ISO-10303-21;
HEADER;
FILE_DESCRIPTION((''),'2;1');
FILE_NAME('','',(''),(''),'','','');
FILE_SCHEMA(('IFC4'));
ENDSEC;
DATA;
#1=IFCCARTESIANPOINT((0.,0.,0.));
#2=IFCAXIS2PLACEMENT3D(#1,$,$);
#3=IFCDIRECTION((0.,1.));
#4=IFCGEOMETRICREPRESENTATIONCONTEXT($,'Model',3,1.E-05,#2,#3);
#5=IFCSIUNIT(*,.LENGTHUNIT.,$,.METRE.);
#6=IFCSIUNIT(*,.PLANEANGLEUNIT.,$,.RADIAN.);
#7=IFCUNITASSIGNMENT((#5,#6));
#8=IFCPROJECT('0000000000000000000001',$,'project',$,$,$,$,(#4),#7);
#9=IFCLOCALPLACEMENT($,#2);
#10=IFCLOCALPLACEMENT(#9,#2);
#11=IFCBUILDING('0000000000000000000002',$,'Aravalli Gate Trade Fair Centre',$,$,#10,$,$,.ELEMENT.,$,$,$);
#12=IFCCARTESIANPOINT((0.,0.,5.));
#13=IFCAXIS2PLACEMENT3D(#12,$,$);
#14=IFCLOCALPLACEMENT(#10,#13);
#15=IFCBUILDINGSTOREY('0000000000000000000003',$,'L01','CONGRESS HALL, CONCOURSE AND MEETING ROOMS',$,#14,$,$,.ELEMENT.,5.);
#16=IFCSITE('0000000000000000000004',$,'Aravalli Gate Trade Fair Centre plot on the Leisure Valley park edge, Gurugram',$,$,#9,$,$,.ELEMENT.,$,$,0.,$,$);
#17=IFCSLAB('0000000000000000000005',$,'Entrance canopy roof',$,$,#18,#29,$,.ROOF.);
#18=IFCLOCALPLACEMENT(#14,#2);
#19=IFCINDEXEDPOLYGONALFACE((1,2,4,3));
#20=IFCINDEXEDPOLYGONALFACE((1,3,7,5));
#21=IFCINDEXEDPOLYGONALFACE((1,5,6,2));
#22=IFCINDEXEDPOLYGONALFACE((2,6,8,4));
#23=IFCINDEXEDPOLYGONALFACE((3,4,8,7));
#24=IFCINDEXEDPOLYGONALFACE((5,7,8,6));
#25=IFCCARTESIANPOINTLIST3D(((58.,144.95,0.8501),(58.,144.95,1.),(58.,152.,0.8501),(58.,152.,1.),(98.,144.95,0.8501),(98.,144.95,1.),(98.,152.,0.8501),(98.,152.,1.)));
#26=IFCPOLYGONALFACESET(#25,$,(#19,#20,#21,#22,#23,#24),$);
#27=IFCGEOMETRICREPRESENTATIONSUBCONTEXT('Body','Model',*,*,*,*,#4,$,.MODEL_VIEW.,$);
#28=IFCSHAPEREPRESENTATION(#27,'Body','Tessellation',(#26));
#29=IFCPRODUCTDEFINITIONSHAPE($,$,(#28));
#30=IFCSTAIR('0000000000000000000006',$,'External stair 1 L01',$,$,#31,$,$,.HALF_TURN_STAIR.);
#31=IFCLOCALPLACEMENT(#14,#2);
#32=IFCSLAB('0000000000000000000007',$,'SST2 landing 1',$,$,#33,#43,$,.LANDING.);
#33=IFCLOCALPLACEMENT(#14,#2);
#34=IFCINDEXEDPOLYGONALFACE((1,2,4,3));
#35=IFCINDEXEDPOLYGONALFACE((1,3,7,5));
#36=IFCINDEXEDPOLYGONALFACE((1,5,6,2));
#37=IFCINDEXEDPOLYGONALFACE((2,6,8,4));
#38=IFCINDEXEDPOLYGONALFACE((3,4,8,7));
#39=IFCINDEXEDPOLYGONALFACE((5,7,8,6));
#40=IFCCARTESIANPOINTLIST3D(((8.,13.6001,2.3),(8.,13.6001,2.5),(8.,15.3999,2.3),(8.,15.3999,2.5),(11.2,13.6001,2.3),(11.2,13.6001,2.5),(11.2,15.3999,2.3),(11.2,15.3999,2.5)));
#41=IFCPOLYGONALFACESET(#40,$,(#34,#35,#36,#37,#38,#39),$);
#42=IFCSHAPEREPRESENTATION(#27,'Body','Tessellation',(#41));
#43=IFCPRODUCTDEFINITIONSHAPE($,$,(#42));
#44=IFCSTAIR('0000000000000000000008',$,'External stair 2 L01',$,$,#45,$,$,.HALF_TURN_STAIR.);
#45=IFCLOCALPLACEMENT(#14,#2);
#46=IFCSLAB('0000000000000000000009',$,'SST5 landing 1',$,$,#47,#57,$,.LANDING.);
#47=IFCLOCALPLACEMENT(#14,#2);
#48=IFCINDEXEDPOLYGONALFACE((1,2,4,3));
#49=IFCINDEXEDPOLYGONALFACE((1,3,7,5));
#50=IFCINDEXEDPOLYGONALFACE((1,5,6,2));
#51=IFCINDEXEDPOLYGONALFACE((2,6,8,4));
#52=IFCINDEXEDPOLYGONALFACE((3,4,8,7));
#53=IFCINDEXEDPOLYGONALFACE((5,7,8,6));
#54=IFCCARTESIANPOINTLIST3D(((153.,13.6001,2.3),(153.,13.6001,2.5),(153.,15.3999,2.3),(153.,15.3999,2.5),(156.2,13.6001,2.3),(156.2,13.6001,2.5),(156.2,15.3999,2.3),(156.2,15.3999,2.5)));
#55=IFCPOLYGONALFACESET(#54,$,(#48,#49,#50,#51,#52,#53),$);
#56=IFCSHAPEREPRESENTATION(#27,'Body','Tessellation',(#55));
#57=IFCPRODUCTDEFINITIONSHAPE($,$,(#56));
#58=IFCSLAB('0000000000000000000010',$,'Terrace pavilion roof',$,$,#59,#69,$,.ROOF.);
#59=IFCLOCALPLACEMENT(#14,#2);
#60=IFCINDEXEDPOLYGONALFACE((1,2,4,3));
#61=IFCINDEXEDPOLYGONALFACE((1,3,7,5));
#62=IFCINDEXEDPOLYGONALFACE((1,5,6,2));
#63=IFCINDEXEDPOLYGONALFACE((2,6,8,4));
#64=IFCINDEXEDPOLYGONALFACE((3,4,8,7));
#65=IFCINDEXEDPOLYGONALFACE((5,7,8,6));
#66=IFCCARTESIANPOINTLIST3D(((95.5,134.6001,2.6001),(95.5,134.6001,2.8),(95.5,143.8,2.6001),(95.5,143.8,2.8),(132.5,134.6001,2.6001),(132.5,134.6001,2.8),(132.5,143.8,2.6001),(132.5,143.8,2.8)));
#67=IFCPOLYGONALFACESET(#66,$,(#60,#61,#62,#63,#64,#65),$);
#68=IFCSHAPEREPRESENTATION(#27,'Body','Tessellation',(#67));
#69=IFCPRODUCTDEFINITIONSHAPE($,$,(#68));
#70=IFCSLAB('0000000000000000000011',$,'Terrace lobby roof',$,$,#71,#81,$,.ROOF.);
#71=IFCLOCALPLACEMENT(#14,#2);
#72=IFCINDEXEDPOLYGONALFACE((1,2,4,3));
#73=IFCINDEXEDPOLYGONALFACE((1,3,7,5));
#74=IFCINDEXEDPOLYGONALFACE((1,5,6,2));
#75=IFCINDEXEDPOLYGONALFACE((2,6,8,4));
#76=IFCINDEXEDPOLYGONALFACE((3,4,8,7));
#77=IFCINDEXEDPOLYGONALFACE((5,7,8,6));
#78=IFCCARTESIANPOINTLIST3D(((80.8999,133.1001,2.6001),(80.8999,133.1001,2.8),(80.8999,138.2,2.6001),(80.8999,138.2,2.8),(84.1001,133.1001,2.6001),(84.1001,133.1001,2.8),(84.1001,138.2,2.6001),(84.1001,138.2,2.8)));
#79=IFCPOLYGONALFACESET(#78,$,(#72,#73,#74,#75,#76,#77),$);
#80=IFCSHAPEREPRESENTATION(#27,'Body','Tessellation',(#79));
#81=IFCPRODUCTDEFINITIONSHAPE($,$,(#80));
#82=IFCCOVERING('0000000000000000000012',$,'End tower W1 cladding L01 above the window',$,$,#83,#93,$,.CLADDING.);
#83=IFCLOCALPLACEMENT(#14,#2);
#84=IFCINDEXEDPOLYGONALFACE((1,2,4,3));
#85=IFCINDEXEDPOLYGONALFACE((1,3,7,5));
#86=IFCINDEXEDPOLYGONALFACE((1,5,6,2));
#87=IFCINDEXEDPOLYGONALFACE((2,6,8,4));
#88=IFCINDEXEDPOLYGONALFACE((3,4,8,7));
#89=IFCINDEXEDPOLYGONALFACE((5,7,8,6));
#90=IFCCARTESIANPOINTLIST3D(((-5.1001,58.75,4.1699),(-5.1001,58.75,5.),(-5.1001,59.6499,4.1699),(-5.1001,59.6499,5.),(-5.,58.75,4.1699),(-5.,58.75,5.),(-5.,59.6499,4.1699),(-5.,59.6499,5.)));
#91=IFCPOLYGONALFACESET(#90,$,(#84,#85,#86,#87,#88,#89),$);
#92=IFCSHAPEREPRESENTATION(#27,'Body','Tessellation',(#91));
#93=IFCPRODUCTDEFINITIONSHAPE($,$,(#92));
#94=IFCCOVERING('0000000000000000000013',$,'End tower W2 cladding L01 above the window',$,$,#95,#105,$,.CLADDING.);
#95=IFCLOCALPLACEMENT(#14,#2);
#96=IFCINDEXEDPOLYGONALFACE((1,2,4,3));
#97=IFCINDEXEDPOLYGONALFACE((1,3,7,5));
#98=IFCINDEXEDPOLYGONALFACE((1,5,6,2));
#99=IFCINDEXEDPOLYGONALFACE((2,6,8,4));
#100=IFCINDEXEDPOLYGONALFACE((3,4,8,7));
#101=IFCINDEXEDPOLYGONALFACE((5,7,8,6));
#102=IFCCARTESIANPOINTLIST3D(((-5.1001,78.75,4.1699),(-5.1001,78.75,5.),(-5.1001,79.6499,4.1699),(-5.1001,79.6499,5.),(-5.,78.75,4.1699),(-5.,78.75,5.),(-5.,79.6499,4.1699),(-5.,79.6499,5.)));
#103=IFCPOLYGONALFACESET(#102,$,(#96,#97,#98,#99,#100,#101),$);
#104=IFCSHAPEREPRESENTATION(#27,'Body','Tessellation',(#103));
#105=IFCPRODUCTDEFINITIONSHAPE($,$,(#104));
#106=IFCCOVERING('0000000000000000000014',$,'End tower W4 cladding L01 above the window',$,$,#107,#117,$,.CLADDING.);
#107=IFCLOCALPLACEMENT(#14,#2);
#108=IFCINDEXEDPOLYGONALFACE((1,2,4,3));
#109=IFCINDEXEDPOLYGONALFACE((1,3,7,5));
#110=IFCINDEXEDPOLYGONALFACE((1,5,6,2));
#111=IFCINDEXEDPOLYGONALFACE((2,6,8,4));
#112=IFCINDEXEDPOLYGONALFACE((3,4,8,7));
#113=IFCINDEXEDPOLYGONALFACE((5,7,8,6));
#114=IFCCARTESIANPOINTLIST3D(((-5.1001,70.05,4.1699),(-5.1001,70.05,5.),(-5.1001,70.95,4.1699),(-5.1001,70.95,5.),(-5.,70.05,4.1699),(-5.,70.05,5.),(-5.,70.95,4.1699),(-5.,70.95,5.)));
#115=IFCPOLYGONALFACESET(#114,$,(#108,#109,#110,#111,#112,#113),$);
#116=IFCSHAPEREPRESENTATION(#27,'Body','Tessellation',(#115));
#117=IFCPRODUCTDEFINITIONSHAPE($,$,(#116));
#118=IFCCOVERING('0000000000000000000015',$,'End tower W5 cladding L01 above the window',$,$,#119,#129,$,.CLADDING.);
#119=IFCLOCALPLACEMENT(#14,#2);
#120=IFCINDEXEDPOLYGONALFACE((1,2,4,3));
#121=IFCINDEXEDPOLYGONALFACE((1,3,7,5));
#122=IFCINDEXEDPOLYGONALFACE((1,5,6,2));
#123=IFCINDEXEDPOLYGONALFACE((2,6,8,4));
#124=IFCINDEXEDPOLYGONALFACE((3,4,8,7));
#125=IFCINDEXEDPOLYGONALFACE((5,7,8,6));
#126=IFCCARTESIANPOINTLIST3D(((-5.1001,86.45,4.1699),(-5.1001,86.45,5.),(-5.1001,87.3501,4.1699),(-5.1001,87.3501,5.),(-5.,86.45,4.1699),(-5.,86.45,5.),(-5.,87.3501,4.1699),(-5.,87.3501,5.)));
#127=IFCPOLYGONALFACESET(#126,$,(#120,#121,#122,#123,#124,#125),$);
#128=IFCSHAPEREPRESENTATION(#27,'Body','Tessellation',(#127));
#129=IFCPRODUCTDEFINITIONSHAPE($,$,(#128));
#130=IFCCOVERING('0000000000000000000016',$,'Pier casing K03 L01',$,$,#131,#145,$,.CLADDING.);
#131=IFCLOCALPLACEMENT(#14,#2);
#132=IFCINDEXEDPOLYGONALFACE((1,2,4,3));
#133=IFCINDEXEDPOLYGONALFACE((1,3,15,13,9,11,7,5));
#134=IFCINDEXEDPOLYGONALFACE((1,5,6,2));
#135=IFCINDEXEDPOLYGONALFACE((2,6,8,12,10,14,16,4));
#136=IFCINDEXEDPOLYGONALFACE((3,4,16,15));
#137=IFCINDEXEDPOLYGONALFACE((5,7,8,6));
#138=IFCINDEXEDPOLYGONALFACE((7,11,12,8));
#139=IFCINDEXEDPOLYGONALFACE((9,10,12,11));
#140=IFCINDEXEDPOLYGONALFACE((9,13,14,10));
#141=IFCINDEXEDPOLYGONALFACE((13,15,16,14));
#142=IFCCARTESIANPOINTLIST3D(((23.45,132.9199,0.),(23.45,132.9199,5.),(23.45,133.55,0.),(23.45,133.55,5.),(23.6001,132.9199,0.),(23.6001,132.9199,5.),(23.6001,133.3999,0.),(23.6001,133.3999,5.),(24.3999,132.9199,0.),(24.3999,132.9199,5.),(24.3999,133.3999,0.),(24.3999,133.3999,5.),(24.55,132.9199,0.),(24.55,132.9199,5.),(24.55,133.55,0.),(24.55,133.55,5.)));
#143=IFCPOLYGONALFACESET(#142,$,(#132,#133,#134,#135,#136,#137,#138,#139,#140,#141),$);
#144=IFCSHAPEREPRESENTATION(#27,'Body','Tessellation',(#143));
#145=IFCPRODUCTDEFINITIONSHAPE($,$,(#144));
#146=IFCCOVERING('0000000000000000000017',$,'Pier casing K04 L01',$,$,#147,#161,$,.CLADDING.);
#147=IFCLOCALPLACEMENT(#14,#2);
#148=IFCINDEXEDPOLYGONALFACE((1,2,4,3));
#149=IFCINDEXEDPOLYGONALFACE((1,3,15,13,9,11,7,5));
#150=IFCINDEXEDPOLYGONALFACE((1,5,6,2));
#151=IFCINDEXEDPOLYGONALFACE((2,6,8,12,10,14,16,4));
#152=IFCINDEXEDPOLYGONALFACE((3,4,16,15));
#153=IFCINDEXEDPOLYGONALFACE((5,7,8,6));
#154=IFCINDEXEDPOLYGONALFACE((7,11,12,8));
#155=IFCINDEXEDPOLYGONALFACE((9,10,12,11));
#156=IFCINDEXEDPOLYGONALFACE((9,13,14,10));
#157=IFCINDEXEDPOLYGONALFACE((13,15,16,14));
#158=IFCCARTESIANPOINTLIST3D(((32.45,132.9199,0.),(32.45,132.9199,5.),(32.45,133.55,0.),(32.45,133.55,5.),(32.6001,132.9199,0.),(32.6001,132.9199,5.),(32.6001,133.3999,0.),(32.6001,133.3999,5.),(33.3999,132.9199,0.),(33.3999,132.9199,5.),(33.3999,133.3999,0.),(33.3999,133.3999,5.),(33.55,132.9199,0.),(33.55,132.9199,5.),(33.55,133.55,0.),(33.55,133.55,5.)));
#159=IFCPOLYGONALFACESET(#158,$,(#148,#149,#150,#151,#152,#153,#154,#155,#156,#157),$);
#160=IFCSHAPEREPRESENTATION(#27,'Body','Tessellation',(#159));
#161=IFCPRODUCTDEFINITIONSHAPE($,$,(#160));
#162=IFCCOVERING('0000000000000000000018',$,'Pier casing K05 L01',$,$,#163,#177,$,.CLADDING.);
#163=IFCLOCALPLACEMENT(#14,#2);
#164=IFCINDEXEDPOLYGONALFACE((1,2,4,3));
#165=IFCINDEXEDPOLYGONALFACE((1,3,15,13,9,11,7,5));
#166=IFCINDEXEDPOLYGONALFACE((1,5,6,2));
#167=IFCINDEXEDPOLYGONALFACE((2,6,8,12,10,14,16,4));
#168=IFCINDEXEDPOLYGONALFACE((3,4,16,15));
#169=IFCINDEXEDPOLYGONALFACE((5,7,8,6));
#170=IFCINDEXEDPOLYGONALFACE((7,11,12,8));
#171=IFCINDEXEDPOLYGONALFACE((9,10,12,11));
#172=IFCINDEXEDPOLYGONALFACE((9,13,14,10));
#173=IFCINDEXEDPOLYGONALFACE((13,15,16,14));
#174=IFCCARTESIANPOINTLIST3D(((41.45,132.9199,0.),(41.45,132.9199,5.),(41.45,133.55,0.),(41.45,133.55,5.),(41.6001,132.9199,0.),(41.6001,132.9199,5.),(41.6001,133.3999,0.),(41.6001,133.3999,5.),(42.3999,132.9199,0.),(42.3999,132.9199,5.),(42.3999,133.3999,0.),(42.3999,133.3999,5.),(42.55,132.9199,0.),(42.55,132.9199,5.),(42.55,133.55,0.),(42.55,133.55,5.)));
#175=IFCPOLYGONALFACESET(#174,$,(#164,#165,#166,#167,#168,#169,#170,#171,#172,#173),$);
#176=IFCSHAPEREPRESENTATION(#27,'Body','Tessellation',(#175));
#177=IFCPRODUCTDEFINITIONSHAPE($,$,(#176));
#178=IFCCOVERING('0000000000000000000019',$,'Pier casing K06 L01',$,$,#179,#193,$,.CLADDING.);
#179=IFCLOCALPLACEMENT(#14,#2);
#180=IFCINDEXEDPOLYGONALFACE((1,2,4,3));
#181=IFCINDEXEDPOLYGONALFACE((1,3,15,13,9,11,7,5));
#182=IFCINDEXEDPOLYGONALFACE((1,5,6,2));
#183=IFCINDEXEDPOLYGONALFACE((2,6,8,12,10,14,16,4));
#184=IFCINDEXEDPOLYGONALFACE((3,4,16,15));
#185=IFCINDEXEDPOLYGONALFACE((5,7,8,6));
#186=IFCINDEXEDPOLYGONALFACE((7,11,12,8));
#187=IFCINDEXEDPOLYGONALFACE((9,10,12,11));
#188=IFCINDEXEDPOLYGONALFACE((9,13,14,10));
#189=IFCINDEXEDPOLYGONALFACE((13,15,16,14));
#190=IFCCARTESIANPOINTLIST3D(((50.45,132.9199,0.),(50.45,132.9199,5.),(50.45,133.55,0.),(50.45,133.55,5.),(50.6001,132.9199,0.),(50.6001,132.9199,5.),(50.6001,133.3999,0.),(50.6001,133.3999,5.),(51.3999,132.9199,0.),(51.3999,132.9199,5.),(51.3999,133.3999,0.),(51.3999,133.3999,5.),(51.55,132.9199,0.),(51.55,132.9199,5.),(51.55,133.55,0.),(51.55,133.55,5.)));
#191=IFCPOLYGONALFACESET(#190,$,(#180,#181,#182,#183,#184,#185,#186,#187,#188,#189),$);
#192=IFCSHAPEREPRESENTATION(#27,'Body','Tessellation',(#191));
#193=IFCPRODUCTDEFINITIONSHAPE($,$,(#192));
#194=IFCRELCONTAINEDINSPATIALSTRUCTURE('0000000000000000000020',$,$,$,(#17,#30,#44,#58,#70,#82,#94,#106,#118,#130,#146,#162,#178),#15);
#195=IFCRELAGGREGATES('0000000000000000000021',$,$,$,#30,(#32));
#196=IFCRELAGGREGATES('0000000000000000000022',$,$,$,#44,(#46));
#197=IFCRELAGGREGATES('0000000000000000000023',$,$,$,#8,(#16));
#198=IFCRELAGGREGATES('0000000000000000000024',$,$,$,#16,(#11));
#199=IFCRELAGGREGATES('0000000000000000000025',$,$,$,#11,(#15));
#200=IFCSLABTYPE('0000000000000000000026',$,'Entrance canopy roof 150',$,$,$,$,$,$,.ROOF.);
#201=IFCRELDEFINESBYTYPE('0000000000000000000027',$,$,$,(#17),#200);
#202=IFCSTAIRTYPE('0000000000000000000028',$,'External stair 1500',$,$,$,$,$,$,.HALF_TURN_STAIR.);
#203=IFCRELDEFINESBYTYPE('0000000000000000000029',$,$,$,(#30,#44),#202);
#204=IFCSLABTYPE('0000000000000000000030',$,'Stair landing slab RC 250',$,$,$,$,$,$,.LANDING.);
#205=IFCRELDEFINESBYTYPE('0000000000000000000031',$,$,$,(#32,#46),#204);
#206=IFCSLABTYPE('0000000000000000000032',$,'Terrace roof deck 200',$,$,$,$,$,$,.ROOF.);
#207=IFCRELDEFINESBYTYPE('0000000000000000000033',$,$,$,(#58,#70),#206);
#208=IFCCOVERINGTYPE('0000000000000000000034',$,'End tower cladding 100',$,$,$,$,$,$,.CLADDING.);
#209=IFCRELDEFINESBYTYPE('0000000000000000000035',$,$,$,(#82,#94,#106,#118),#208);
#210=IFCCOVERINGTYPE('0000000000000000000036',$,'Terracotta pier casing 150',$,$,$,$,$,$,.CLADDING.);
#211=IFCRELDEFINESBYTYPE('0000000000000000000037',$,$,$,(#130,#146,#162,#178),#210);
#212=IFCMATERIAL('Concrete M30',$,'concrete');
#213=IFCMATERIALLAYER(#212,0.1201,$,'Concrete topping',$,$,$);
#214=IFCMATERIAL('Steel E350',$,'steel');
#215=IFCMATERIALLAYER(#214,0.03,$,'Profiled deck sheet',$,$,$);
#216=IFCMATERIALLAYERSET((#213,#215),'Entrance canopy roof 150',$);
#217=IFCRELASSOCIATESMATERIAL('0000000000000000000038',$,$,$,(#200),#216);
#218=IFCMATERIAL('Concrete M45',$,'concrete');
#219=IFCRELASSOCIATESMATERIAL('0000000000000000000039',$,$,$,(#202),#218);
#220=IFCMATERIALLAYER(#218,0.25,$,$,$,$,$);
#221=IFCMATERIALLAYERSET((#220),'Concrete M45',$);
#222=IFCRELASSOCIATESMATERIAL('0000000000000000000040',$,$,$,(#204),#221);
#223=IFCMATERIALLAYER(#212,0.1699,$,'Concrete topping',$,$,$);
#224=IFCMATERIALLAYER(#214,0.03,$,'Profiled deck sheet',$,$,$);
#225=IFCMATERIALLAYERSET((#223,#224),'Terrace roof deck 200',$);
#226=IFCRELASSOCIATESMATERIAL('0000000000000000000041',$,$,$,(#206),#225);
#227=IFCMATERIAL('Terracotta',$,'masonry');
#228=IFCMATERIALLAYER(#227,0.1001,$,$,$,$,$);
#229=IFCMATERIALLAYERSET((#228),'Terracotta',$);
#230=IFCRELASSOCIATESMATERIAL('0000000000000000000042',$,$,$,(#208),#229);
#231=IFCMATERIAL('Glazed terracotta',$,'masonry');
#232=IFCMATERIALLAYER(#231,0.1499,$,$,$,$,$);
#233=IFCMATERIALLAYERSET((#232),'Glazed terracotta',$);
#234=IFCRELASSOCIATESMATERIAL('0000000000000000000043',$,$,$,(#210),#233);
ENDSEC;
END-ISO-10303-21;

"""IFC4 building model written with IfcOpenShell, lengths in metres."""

from ifc_helpers import new_model, si_unit, direction, frame, origin, place, context, subcontext, project, spatial, polyline, outline, extrude, material, layer, layer_set, type_object, element, aggregate, save


model = new_model("IFC4")

# Units and contexts
model_context = context("Model", 3, precision=1e-05, world=origin(), true_north=direction((0.0, 1.0)))
body_context = subcontext(model_context, "Body", "Model", "MODEL_VIEW")
ifc_project = project(units=[si_unit("LENGTHUNIT", "METRE"), si_unit("PLANEANGLEUNIT", "RADIAN")], contexts=[model_context])

# Site, building, storey
site_placement = place(None, origin())
site = spatial("IfcSite", under=ifc_project, at=site_placement, Name="Aravalli Gate Trade Fair Centre plot on the Leisure Valley park edge, Gurugram", CompositionType="ELEMENT", RefElevation=0.0)
building_placement = place(site_placement, origin())
building = spatial("IfcBuilding", under=site, at=building_placement, Name="Aravalli Gate Trade Fair Centre", CompositionType="ELEMENT")
storey_placement = place(building_placement, frame((0.0, 0.0, 5.0)))
storey = spatial("IfcBuildingStorey", under=building, at=storey_placement, Name="L01", Description="CONGRESS HALL, CONCOURSE AND MEETING ROOMS", CompositionType="ELEMENT", Elevation=5.0)

# Slab
ifc_material_1 = material(Name="Concrete M30", Category="concrete")
ifc_layer_1 = layer(ifc_material_1, 0.1201, Name="Concrete topping")
ifc_material_2 = material(Name="Steel E350", Category="steel")
ifc_layer_2 = layer(ifc_material_2, 0.03, Name="Profiled deck sheet")
ifc_layer_set_1 = layer_set([ifc_layer_1, ifc_layer_2], Name="Entrance canopy roof 150")
slab_type_1 = type_object("IfcSlabType", Name="Entrance canopy roof 150", PredefinedType="ROOF", material=ifc_layer_set_1)
slab_1_placement = place(storey_placement, frame((0.0, 0.0, 0.8501)))
element("IfcSlab", 1, at=slab_1_placement, inside=storey, type_object=slab_type_1, Name="Entrance canopy roof", PredefinedType="ROOF", context=body_context, shape_type="SweptSolid", body=[
    extrude(outline(polyline([(98.0, 144.95), (98.0, 152.0), (58.0, 152.0), (58.0, 144.95), (98.0, 144.95)])), origin(), (0.0, 0.0, 1.0), 0.1499),
])

# Stairs, slabs
ifc_material_3 = material(Name="Concrete M45", Category="concrete")
stair_type = type_object("IfcStairType", Name="External stair 1500", PredefinedType="HALF_TURN_STAIR", material=ifc_material_3)
stair_1_placement = place(storey_placement, origin())
stair_1 = element("IfcStair", 2, at=stair_1_placement, inside=storey, type_object=stair_type, Name="External stair 1 L01", PredefinedType="HALF_TURN_STAIR")
ifc_layer_3 = layer(ifc_material_3, 0.25)
ifc_layer_set_2 = layer_set([ifc_layer_3], Name="Concrete M45")
slab_type_2 = type_object("IfcSlabType", Name="Stair landing slab RC 250", PredefinedType="LANDING", material=ifc_layer_set_2)
slab_2_placement = place(storey_placement, frame((0.0, 0.0, 2.3)))
slab_2 = element("IfcSlab", 3, at=slab_2_placement, type_object=slab_type_2, Name="SST2 landing 1", PredefinedType="LANDING", context=body_context, shape_type="SweptSolid", body=[
    extrude(outline(polyline([(8.0, 13.6001), (11.2, 13.6001), (11.2, 15.3999), (8.0, 15.3999), (8.0, 13.6001)])), origin(), (0.0, 0.0, 1.0), 0.2),
])
aggregate(stair_1, [slab_2])
stair_2_placement = place(storey_placement, origin())
stair_2 = element("IfcStair", 4, at=stair_2_placement, inside=storey, type_object=stair_type, Name="External stair 2 L01", PredefinedType="HALF_TURN_STAIR")
slab_3_placement = place(storey_placement, frame((0.0, 0.0, 2.3)))
slab_3 = element("IfcSlab", 5, at=slab_3_placement, type_object=slab_type_2, Name="SST5 landing 1", PredefinedType="LANDING", context=body_context, shape_type="SweptSolid", body=[
    extrude(outline(polyline([(153.0, 13.6001), (156.2, 13.6001), (156.2, 15.3999), (153.0, 15.3999), (153.0, 13.6001)])), origin(), (0.0, 0.0, 1.0), 0.2),
])
aggregate(stair_2, [slab_3])

# Slabs
ifc_layer_4 = layer(ifc_material_1, 0.1699, Name="Concrete topping")
ifc_layer_5 = layer(ifc_material_2, 0.03, Name="Profiled deck sheet")
ifc_layer_set_3 = layer_set([ifc_layer_4, ifc_layer_5], Name="Terrace roof deck 200")
slab_type_3 = type_object("IfcSlabType", Name="Terrace roof deck 200", PredefinedType="ROOF", material=ifc_layer_set_3)
slab_4_placement = place(storey_placement, frame((0.0, 0.0, 2.6001)))
element("IfcSlab", 6, at=slab_4_placement, inside=storey, type_object=slab_type_3, Name="Terrace pavilion roof", PredefinedType="ROOF", context=body_context, shape_type="SweptSolid", body=[
    extrude(outline(polyline([(132.5, 134.6001), (132.5, 143.8), (95.5, 143.8), (95.5, 134.6001), (132.5, 134.6001)])), origin(), (0.0, 0.0, 1.0), 0.2),
])
slab_5_placement = place(storey_placement, frame((0.0, 0.0, 2.6001)))
element("IfcSlab", 7, at=slab_5_placement, inside=storey, type_object=slab_type_3, Name="Terrace lobby roof", PredefinedType="ROOF", context=body_context, shape_type="SweptSolid", body=[
    extrude(outline(polyline([(84.1001, 133.1001), (84.1001, 138.2), (80.8999, 138.2), (80.8999, 133.1001), (84.1001, 133.1001)])), origin(), (0.0, 0.0, 1.0), 0.2),
])

# Coverings
ifc_material_4 = material(Name="Terracotta", Category="masonry")
ifc_layer_6 = layer(ifc_material_4, 0.1001)
ifc_layer_set_4 = layer_set([ifc_layer_6], Name="Terracotta")
covering_type_1 = type_object("IfcCoveringType", Name="End tower cladding 100", PredefinedType="CLADDING", material=ifc_layer_set_4)
covering_1_placement = place(storey_placement, frame((0.0, 0.0, 4.1699)))
element("IfcCovering", 8, at=covering_1_placement, inside=storey, type_object=covering_type_1, Name="End tower W1 cladding L01 above the window", PredefinedType="CLADDING", context=body_context, shape_type="SweptSolid", body=[
    extrude(outline(polyline([(-5.0, 58.75), (-5.1001, 58.75), (-5.1001, 59.6499), (-5.0, 59.6499), (-5.0, 58.75)])), origin(), (0.0, 0.0, 1.0), 0.8301),
])
covering_2_placement = place(storey_placement, frame((0.0, 0.0, 4.1699)))
element("IfcCovering", 9, at=covering_2_placement, inside=storey, type_object=covering_type_1, Name="End tower W2 cladding L01 above the window", PredefinedType="CLADDING", context=body_context, shape_type="SweptSolid", body=[
    extrude(outline(polyline([(-5.0, 78.75), (-5.1001, 78.75), (-5.1001, 79.6499), (-5.0, 79.6499), (-5.0, 78.75)])), origin(), (0.0, 0.0, 1.0), 0.8301),
])
covering_3_placement = place(storey_placement, frame((0.0, 0.0, 4.1699)))
element("IfcCovering", 10, at=covering_3_placement, inside=storey, type_object=covering_type_1, Name="End tower W4 cladding L01 above the window", PredefinedType="CLADDING", context=body_context, shape_type="SweptSolid", body=[
    extrude(outline(polyline([(-5.0, 70.05), (-5.1001, 70.05), (-5.1001, 70.95), (-5.0, 70.95), (-5.0, 70.05)])), origin(), (0.0, 0.0, 1.0), 0.8301),
])
covering_4_placement = place(storey_placement, frame((0.0, 0.0, 4.1699)))
element("IfcCovering", 11, at=covering_4_placement, inside=storey, type_object=covering_type_1, Name="End tower W5 cladding L01 above the window", PredefinedType="CLADDING", context=body_context, shape_type="SweptSolid", body=[
    extrude(outline(polyline([(-5.0, 86.45), (-5.1001, 86.45), (-5.1001, 87.3501), (-5.0, 87.3501), (-5.0, 86.45)])), origin(), (0.0, 0.0, 1.0), 0.8301),
])
ifc_material_5 = material(Name="Glazed terracotta", Category="masonry")
ifc_layer_7 = layer(ifc_material_5, 0.1499)
ifc_layer_set_5 = layer_set([ifc_layer_7], Name="Glazed terracotta")
covering_type_2 = type_object("IfcCoveringType", Name="Terracotta pier casing 150", PredefinedType="CLADDING", material=ifc_layer_set_5)
covering_5_placement = place(storey_placement, origin())
element("IfcCovering", 12, at=covering_5_placement, inside=storey, type_object=covering_type_2, Name="Pier casing K03 L01", PredefinedType="CLADDING", context=body_context, shape_type="SweptSolid", body=[
    extrude(outline(polyline([(23.45, 132.9199), (23.6001, 132.9199), (23.6001, 133.3999), (24.3999, 133.3999), (24.3999, 132.9199), (24.55, 132.9199), (24.55, 133.55), (23.45, 133.55), (23.45, 132.9199)])), origin(), (0.0, 0.0, 1.0), 5.0),
])
covering_6_placement = place(storey_placement, origin())
element("IfcCovering", 13, at=covering_6_placement, inside=storey, type_object=covering_type_2, Name="Pier casing K04 L01", PredefinedType="CLADDING", context=body_context, shape_type="SweptSolid", body=[
    extrude(outline(polyline([(32.45, 132.9199), (32.6001, 132.9199), (32.6001, 133.3999), (33.3999, 133.3999), (33.3999, 132.9199), (33.55, 132.9199), (33.55, 133.55), (32.45, 133.55), (32.45, 132.9199)])), origin(), (0.0, 0.0, 1.0), 5.0),
])
covering_7_placement = place(storey_placement, origin())
element("IfcCovering", 14, at=covering_7_placement, inside=storey, type_object=covering_type_2, Name="Pier casing K05 L01", PredefinedType="CLADDING", context=body_context, shape_type="SweptSolid", body=[
    extrude(outline(polyline([(41.45, 132.9199), (41.6001, 132.9199), (41.6001, 133.3999), (42.3999, 133.3999), (42.3999, 132.9199), (42.55, 132.9199), (42.55, 133.55), (41.45, 133.55), (41.45, 132.9199)])), origin(), (0.0, 0.0, 1.0), 5.0),
])
covering_8_placement = place(storey_placement, origin())
element("IfcCovering", 15, at=covering_8_placement, inside=storey, type_object=covering_type_2, Name="Pier casing K06 L01", PredefinedType="CLADDING", context=body_context, shape_type="SweptSolid", body=[
    extrude(outline(polyline([(50.45, 132.9199), (50.6001, 132.9199), (50.6001, 133.3999), (51.3999, 133.3999), (51.3999, 132.9199), (51.55, 132.9199), (51.55, 133.55), (50.45, 133.55), (50.45, 132.9199)])), origin(), (0.0, 0.0, 1.0), 5.0),
])

save(model, "model.ifc")
